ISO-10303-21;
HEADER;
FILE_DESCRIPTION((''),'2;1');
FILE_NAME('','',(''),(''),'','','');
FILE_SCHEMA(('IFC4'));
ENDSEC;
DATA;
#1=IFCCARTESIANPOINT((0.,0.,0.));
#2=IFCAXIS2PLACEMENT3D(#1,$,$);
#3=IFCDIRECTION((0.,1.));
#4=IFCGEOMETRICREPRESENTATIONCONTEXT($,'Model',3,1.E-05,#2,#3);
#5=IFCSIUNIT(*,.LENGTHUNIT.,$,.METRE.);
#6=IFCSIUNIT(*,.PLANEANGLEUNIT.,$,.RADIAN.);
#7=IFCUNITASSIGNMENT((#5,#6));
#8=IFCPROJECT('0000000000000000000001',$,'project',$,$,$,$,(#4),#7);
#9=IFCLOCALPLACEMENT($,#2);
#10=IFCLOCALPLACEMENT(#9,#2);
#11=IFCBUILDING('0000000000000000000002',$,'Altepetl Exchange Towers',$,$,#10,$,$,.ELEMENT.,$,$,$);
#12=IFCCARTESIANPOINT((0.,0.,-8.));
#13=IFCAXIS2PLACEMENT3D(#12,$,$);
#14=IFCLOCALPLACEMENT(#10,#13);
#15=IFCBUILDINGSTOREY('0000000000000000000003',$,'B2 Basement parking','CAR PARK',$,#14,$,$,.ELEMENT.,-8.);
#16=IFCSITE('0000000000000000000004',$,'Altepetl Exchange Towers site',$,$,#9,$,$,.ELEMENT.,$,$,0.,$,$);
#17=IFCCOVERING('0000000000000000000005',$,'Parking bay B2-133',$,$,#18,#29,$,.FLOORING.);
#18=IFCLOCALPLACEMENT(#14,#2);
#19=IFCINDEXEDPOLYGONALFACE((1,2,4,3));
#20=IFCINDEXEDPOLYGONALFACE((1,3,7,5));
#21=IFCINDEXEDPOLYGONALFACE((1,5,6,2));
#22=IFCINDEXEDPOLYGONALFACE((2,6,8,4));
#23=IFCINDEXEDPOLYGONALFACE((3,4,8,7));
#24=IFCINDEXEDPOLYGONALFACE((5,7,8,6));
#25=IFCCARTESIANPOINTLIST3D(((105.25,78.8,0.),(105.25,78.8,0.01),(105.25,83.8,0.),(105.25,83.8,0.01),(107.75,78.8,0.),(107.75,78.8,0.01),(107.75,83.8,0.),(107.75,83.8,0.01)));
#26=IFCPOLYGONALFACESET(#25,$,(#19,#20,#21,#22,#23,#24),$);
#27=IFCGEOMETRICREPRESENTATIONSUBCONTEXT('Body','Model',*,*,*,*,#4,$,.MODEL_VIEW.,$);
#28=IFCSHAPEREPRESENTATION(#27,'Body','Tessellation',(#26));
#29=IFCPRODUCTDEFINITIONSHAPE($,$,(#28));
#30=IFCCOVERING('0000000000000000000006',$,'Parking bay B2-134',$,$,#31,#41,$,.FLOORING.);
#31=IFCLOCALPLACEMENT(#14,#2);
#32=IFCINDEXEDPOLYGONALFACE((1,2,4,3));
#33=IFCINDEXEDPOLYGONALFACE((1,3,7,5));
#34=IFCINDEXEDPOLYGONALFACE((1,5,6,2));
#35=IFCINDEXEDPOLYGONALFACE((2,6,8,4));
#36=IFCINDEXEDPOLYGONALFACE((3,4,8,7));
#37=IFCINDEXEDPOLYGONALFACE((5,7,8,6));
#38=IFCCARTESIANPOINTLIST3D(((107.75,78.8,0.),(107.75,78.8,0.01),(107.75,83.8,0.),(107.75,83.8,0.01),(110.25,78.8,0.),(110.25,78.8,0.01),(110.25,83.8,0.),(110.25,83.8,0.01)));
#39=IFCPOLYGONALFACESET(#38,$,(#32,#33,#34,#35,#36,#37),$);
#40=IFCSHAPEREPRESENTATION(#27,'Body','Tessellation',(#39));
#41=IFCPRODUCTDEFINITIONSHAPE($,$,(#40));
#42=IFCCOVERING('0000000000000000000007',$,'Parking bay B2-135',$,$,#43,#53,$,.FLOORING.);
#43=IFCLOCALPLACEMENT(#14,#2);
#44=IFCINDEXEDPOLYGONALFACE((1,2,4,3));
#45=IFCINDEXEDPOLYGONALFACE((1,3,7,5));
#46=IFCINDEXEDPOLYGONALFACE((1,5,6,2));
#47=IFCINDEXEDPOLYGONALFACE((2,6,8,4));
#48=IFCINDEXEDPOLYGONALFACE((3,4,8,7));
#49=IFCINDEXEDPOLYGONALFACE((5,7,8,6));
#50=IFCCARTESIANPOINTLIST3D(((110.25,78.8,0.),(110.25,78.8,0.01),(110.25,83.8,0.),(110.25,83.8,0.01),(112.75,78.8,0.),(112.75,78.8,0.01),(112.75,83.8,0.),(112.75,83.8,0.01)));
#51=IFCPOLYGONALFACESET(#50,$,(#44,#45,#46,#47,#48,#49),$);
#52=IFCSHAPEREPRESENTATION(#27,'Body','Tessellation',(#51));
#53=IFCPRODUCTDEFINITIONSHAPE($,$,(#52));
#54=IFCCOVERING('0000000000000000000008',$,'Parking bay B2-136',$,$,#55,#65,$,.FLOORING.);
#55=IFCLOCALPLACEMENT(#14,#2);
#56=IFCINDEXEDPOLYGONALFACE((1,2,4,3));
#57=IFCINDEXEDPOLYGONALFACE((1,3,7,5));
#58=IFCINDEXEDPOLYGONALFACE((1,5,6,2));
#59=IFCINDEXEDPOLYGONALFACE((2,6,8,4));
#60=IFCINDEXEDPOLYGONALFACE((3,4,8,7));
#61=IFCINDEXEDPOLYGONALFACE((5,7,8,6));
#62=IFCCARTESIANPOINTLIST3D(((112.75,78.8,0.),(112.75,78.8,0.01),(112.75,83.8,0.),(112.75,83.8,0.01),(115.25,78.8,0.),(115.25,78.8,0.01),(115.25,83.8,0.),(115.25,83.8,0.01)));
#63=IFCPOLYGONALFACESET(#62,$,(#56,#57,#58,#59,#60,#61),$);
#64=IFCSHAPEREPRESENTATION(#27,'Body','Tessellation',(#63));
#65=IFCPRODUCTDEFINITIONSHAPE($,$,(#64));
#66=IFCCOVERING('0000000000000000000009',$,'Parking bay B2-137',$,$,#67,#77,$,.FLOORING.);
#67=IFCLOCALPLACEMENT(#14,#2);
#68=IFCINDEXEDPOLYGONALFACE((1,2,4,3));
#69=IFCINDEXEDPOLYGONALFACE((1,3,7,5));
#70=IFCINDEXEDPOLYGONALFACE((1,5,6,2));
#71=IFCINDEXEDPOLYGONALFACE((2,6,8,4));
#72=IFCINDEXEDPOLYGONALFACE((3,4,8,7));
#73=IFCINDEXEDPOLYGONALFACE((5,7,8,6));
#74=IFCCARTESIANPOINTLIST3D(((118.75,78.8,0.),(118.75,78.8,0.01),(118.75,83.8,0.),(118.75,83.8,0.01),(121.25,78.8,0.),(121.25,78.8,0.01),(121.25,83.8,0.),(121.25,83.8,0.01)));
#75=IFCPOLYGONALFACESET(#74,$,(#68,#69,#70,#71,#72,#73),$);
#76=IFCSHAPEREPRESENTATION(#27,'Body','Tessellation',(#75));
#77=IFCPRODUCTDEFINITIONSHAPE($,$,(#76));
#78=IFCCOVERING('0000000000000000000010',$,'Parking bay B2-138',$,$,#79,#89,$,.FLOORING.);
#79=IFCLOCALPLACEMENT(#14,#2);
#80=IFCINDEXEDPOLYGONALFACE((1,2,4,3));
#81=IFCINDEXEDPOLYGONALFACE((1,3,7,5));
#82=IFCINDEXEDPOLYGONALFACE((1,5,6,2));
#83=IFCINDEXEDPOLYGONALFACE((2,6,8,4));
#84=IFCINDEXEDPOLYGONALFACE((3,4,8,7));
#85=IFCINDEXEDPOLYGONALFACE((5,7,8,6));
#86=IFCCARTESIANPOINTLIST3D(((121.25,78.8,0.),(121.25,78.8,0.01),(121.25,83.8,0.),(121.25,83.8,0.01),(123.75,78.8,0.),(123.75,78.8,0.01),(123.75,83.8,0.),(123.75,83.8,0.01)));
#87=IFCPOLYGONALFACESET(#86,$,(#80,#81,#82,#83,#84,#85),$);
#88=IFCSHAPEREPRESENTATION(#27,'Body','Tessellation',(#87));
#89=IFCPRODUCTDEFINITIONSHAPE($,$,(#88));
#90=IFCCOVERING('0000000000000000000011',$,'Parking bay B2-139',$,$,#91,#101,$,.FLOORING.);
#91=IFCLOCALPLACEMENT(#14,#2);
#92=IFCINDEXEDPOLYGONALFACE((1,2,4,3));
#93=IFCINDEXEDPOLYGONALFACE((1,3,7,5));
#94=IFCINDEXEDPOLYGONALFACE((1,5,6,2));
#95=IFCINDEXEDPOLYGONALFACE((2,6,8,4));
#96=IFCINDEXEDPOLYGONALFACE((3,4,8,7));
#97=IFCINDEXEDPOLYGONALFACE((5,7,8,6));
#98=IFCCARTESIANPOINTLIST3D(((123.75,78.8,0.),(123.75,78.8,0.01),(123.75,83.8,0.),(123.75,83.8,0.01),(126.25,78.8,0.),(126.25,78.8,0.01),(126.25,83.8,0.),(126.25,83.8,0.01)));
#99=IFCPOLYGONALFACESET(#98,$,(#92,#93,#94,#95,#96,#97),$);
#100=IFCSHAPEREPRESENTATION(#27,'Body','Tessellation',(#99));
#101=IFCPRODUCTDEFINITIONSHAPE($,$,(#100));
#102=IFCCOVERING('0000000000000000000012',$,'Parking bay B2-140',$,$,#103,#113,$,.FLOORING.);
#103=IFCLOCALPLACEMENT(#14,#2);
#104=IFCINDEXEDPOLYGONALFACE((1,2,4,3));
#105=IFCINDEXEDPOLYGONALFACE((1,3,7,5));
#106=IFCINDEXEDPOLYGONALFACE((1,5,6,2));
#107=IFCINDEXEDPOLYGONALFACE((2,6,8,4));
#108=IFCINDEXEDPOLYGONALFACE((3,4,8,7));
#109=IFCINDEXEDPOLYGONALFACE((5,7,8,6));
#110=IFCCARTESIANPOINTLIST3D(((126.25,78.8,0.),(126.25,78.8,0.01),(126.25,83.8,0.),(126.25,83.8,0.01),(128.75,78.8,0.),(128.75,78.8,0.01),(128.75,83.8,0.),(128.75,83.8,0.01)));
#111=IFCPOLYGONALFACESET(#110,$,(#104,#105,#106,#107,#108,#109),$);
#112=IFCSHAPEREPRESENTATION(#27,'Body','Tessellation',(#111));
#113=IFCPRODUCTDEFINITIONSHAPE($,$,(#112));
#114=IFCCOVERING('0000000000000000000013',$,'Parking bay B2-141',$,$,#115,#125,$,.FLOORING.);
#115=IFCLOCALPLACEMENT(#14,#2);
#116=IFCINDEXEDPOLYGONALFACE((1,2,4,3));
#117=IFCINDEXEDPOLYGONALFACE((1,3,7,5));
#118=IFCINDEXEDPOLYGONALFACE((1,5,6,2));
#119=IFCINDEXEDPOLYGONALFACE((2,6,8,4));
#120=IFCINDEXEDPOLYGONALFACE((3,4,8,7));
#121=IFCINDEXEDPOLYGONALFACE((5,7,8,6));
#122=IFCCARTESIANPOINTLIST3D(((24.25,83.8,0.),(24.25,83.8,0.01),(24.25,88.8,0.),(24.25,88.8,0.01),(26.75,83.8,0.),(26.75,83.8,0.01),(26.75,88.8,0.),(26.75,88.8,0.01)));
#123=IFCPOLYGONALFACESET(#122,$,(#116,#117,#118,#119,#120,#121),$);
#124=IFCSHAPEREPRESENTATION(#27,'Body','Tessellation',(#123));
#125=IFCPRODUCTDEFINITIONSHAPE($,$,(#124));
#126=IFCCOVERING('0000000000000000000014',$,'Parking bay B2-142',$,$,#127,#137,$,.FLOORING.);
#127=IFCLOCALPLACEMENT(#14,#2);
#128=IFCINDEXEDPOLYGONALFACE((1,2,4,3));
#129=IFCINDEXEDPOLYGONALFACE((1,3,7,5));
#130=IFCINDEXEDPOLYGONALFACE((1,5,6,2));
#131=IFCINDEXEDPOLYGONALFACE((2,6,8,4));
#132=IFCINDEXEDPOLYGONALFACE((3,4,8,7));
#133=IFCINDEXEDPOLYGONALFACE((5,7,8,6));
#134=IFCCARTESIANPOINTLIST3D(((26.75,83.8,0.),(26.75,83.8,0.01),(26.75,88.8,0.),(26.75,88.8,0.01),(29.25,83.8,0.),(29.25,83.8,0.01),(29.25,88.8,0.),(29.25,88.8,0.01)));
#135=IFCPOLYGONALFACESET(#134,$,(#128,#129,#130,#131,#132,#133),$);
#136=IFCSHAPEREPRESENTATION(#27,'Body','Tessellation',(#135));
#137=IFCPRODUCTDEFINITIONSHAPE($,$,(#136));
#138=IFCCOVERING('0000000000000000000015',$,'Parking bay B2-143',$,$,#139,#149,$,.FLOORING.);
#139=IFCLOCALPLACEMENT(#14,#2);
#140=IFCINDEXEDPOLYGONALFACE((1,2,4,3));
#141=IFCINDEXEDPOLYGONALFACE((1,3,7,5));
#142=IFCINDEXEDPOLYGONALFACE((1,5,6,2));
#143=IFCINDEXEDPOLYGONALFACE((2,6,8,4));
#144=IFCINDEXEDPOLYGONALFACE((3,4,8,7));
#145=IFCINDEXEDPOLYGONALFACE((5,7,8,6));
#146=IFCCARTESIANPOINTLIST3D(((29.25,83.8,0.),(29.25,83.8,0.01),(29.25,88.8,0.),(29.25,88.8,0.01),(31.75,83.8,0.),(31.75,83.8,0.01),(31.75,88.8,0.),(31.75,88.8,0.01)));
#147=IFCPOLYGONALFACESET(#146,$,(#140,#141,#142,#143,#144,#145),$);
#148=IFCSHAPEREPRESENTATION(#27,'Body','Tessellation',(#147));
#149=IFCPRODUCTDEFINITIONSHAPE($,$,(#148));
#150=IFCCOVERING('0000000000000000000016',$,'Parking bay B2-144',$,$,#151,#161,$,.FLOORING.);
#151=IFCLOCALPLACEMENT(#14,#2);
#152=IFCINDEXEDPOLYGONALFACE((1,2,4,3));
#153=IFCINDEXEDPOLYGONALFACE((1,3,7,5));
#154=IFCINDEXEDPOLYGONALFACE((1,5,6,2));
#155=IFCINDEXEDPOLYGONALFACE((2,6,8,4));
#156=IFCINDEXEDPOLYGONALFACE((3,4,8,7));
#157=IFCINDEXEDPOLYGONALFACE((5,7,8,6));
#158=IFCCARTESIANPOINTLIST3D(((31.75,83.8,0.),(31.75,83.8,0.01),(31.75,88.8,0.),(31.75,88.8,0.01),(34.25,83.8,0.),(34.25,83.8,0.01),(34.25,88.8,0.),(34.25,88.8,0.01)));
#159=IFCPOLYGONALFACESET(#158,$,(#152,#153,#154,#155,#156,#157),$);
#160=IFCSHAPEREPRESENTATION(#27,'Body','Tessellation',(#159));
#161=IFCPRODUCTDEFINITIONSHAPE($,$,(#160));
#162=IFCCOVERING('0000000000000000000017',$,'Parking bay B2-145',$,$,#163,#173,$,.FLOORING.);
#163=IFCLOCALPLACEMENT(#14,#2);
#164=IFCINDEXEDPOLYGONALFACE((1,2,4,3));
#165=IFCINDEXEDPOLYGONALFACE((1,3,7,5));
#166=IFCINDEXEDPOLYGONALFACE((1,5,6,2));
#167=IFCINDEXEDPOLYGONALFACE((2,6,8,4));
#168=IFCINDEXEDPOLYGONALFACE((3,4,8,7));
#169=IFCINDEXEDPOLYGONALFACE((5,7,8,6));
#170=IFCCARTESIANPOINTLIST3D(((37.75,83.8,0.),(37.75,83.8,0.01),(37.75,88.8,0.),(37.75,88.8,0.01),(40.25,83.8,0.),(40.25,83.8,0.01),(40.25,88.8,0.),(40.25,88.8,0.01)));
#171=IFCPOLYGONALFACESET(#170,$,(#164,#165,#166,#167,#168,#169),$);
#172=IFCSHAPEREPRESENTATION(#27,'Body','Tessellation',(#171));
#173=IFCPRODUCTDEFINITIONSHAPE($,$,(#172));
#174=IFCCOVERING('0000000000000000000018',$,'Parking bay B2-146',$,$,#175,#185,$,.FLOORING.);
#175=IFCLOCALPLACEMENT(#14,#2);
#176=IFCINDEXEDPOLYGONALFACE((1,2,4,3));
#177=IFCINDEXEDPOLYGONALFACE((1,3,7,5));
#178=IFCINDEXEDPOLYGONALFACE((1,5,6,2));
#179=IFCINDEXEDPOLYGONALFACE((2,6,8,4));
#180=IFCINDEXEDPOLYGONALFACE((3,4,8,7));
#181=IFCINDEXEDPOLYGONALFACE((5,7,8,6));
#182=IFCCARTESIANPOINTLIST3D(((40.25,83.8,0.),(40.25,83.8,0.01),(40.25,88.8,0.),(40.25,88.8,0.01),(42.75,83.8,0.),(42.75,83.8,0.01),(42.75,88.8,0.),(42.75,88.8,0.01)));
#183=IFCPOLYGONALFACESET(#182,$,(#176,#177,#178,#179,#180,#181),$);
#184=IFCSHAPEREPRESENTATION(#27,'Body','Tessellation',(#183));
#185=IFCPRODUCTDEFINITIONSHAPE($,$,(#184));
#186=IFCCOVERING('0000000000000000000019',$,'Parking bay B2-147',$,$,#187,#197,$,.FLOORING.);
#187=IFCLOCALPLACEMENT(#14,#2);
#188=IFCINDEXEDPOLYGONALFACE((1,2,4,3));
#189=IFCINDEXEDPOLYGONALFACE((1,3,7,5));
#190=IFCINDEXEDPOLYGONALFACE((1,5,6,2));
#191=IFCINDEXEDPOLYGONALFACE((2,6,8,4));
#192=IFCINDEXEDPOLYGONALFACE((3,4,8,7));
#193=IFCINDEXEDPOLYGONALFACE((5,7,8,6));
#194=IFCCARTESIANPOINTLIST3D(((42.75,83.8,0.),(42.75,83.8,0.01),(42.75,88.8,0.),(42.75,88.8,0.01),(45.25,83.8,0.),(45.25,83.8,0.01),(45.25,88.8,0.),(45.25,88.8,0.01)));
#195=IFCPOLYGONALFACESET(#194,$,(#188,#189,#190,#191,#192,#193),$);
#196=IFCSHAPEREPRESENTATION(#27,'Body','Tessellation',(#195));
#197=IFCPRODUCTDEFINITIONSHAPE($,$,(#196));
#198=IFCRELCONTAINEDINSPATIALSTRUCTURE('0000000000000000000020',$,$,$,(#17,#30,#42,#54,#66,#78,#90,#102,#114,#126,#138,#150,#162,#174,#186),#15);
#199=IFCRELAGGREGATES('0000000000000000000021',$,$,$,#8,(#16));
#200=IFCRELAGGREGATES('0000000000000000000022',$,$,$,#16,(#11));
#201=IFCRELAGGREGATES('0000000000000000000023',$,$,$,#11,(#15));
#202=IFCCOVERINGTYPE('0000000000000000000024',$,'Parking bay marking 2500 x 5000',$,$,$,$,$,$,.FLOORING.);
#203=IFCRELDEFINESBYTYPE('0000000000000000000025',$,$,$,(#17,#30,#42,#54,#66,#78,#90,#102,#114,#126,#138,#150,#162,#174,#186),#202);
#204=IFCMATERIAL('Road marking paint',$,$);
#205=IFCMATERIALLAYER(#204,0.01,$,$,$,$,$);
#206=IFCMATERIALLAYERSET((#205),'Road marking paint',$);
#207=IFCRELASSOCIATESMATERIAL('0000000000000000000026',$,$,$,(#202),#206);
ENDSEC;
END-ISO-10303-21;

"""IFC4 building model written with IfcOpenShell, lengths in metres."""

from ifc_helpers import new_model, si_unit, direction, frame, origin, place, context, subcontext, project, spatial, polyline, outline, extrude, material, layer, layer_set, type_object, element, save


model = new_model("IFC4")

# Units and contexts
model_context = context("Model", 3, precision=1e-05, world=origin(), true_north=direction((0.0, 1.0)))
body_context = subcontext(model_context, "Body", "Model", "MODEL_VIEW")
ifc_project = project(units=[si_unit("LENGTHUNIT", "METRE"), si_unit("PLANEANGLEUNIT", "RADIAN")], contexts=[model_context])

# Site, building, storey
site_placement = place(None, origin())
site = spatial("IfcSite", under=ifc_project, at=site_placement, Name="Altepetl Exchange Towers site", CompositionType="ELEMENT", RefElevation=0.0)
building_placement = place(site_placement, origin())
building = spatial("IfcBuilding", under=site, at=building_placement, Name="Altepetl Exchange Towers", CompositionType="ELEMENT")
storey_placement = place(building_placement, frame((0.0, 0.0, -8.0)))
storey = spatial("IfcBuildingStorey", under=building, at=storey_placement, Name="B2 Basement parking", Description="CAR PARK", CompositionType="ELEMENT", Elevation=-8.0)

# Coverings
ifc_material = material(Name="Road marking paint")
ifc_layer = layer(ifc_material, 0.01)
ifc_layer_set = layer_set([ifc_layer], Name="Road marking paint")
covering_type = type_object("IfcCoveringType", Name="Parking bay marking 2500 x 5000", PredefinedType="FLOORING", material=ifc_layer_set)
covering_1_placement = place(storey_placement, origin())
element("IfcCovering", 1, at=covering_1_placement, inside=storey, type_object=covering_type, Name="Parking bay B2-133", PredefinedType="FLOORING", context=body_context, shape_type="SweptSolid", body=[
    extrude(outline(polyline([(105.25, 78.8), (107.75, 78.8), (107.75, 83.8), (105.25, 83.8), (105.25, 78.8)])), origin(), (0.0, 0.0, 1.0), 0.01),
])
covering_2_placement = place(storey_placement, origin())
element("IfcCovering", 2, at=covering_2_placement, inside=storey, type_object=covering_type, Name="Parking bay B2-134", PredefinedType="FLOORING", context=body_context, shape_type="SweptSolid", body=[
    extrude(outline(polyline([(107.75, 78.8), (110.25, 78.8), (110.25, 83.8), (107.75, 83.8), (107.75, 78.8)])), origin(), (0.0, 0.0, 1.0), 0.01),
])
covering_3_placement = place(storey_placement, origin())
element("IfcCovering", 3, at=covering_3_placement, inside=storey, type_object=covering_type, Name="Parking bay B2-135", PredefinedType="FLOORING", context=body_context, shape_type="SweptSolid", body=[
    extrude(outline(polyline([(110.25, 78.8), (112.75, 78.8), (112.75, 83.8), (110.25, 83.8), (110.25, 78.8)])), origin(), (0.0, 0.0, 1.0), 0.01),
])
covering_4_placement = place(storey_placement, origin())
element("IfcCovering", 4, at=covering_4_placement, inside=storey, type_object=covering_type, Name="Parking bay B2-136", PredefinedType="FLOORING", context=body_context, shape_type="SweptSolid", body=[
    extrude(outline(polyline([(112.75, 78.8), (115.25, 78.8), (115.25, 83.8), (112.75, 83.8), (112.75, 78.8)])), origin(), (0.0, 0.0, 1.0), 0.01),
])
covering_5_placement = place(storey_placement, origin())
element("IfcCovering", 5, at=covering_5_placement, inside=storey, type_object=covering_type, Name="Parking bay B2-137", PredefinedType="FLOORING", context=body_context, shape_type="SweptSolid", body=[
    extrude(outline(polyline([(118.75, 78.8), (121.25, 78.8), (121.25, 83.8), (118.75, 83.8), (118.75, 78.8)])), origin(), (0.0, 0.0, 1.0), 0.01),
])
covering_6_placement = place(storey_placement, origin())
element("IfcCovering", 6, at=covering_6_placement, inside=storey, type_object=covering_type, Name="Parking bay B2-138", PredefinedType="FLOORING", context=body_context, shape_type="SweptSolid", body=[
    extrude(outline(polyline([(121.25, 78.8), (123.75, 78.8), (123.75, 83.8), (121.25, 83.8), (121.25, 78.8)])), origin(), (0.0, 0.0, 1.0), 0.01),
])
covering_7_placement = place(storey_placement, origin())
element("IfcCovering", 7, at=covering_7_placement, inside=storey, type_object=covering_type, Name="Parking bay B2-139", PredefinedType="FLOORING", context=body_context, shape_type="SweptSolid", body=[
    extrude(outline(polyline([(123.75, 78.8), (126.25, 78.8), (126.25, 83.8), (123.75, 83.8), (123.75, 78.8)])), origin(), (0.0, 0.0, 1.0), 0.01),
])
covering_8_placement = place(storey_placement, origin())
element("IfcCovering", 8, at=covering_8_placement, inside=storey, type_object=covering_type, Name="Parking bay B2-140", PredefinedType="FLOORING", context=body_context, shape_type="SweptSolid", body=[
    extrude(outline(polyline([(126.25, 78.8), (128.75, 78.8), (128.75, 83.8), (126.25, 83.8), (126.25, 78.8)])), origin(), (0.0, 0.0, 1.0), 0.01),
])
covering_9_placement = place(storey_placement, origin())
element("IfcCovering", 9, at=covering_9_placement, inside=storey, type_object=covering_type, Name="Parking bay B2-141", PredefinedType="FLOORING", context=body_context, shape_type="SweptSolid", body=[
    extrude(outline(polyline([(24.25, 83.8), (26.75, 83.8), (26.75, 88.8), (24.25, 88.8), (24.25, 83.8)])), origin(), (0.0, 0.0, 1.0), 0.01),
])
covering_10_placement = place(storey_placement, origin())
element("IfcCovering", 10, at=covering_10_placement, inside=storey, type_object=covering_type, Name="Parking bay B2-142", PredefinedType="FLOORING", context=body_context, shape_type="SweptSolid", body=[
    extrude(outline(polyline([(26.75, 83.8), (29.25, 83.8), (29.25, 88.8), (26.75, 88.8), (26.75, 83.8)])), origin(), (0.0, 0.0, 1.0), 0.01),
])
covering_11_placement = place(storey_placement, origin())
element("IfcCovering", 11, at=covering_11_placement, inside=storey, type_object=covering_type, Name="Parking bay B2-143", PredefinedType="FLOORING", context=body_context, shape_type="SweptSolid", body=[
    extrude(outline(polyline([(29.25, 83.8), (31.75, 83.8), (31.75, 88.8), (29.25, 88.8), (29.25, 83.8)])), origin(), (0.0, 0.0, 1.0), 0.01),
])
covering_12_placement = place(storey_placement, origin())
element("IfcCovering", 12, at=covering_12_placement, inside=storey, type_object=covering_type, Name="Parking bay B2-144", PredefinedType="FLOORING", context=body_context, shape_type="SweptSolid", body=[
    extrude(outline(polyline([(31.75, 83.8), (34.25, 83.8), (34.25, 88.8), (31.75, 88.8), (31.75, 83.8)])), origin(), (0.0, 0.0, 1.0), 0.01),
])
covering_13_placement = place(storey_placement, origin())
element("IfcCovering", 13, at=covering_13_placement, inside=storey, type_object=covering_type, Name="Parking bay B2-145", PredefinedType="FLOORING", context=body_context, shape_type="SweptSolid", body=[
    extrude(outline(polyline([(37.75, 83.8), (40.25, 83.8), (40.25, 88.8), (37.75, 88.8), (37.75, 83.8)])), origin(), (0.0, 0.0, 1.0), 0.01),
])
covering_14_placement = place(storey_placement, origin())
element("IfcCovering", 14, at=covering_14_placement, inside=storey, type_object=covering_type, Name="Parking bay B2-146", PredefinedType="FLOORING", context=body_context, shape_type="SweptSolid", body=[
    extrude(outline(polyline([(40.25, 83.8), (42.75, 83.8), (42.75, 88.8), (40.25, 88.8), (40.25, 83.8)])), origin(), (0.0, 0.0, 1.0), 0.01),
])
covering_15_placement = place(storey_placement, origin())
element("IfcCovering", 15, at=covering_15_placement, inside=storey, type_object=covering_type, Name="Parking bay B2-147", PredefinedType="FLOORING", context=body_context, shape_type="SweptSolid", body=[
    extrude(outline(polyline([(42.75, 83.8), (45.25, 83.8), (45.25, 88.8), (42.75, 88.8), (42.75, 83.8)])), origin(), (0.0, 0.0, 1.0), 0.01),
])

save(model, "model.ifc")
